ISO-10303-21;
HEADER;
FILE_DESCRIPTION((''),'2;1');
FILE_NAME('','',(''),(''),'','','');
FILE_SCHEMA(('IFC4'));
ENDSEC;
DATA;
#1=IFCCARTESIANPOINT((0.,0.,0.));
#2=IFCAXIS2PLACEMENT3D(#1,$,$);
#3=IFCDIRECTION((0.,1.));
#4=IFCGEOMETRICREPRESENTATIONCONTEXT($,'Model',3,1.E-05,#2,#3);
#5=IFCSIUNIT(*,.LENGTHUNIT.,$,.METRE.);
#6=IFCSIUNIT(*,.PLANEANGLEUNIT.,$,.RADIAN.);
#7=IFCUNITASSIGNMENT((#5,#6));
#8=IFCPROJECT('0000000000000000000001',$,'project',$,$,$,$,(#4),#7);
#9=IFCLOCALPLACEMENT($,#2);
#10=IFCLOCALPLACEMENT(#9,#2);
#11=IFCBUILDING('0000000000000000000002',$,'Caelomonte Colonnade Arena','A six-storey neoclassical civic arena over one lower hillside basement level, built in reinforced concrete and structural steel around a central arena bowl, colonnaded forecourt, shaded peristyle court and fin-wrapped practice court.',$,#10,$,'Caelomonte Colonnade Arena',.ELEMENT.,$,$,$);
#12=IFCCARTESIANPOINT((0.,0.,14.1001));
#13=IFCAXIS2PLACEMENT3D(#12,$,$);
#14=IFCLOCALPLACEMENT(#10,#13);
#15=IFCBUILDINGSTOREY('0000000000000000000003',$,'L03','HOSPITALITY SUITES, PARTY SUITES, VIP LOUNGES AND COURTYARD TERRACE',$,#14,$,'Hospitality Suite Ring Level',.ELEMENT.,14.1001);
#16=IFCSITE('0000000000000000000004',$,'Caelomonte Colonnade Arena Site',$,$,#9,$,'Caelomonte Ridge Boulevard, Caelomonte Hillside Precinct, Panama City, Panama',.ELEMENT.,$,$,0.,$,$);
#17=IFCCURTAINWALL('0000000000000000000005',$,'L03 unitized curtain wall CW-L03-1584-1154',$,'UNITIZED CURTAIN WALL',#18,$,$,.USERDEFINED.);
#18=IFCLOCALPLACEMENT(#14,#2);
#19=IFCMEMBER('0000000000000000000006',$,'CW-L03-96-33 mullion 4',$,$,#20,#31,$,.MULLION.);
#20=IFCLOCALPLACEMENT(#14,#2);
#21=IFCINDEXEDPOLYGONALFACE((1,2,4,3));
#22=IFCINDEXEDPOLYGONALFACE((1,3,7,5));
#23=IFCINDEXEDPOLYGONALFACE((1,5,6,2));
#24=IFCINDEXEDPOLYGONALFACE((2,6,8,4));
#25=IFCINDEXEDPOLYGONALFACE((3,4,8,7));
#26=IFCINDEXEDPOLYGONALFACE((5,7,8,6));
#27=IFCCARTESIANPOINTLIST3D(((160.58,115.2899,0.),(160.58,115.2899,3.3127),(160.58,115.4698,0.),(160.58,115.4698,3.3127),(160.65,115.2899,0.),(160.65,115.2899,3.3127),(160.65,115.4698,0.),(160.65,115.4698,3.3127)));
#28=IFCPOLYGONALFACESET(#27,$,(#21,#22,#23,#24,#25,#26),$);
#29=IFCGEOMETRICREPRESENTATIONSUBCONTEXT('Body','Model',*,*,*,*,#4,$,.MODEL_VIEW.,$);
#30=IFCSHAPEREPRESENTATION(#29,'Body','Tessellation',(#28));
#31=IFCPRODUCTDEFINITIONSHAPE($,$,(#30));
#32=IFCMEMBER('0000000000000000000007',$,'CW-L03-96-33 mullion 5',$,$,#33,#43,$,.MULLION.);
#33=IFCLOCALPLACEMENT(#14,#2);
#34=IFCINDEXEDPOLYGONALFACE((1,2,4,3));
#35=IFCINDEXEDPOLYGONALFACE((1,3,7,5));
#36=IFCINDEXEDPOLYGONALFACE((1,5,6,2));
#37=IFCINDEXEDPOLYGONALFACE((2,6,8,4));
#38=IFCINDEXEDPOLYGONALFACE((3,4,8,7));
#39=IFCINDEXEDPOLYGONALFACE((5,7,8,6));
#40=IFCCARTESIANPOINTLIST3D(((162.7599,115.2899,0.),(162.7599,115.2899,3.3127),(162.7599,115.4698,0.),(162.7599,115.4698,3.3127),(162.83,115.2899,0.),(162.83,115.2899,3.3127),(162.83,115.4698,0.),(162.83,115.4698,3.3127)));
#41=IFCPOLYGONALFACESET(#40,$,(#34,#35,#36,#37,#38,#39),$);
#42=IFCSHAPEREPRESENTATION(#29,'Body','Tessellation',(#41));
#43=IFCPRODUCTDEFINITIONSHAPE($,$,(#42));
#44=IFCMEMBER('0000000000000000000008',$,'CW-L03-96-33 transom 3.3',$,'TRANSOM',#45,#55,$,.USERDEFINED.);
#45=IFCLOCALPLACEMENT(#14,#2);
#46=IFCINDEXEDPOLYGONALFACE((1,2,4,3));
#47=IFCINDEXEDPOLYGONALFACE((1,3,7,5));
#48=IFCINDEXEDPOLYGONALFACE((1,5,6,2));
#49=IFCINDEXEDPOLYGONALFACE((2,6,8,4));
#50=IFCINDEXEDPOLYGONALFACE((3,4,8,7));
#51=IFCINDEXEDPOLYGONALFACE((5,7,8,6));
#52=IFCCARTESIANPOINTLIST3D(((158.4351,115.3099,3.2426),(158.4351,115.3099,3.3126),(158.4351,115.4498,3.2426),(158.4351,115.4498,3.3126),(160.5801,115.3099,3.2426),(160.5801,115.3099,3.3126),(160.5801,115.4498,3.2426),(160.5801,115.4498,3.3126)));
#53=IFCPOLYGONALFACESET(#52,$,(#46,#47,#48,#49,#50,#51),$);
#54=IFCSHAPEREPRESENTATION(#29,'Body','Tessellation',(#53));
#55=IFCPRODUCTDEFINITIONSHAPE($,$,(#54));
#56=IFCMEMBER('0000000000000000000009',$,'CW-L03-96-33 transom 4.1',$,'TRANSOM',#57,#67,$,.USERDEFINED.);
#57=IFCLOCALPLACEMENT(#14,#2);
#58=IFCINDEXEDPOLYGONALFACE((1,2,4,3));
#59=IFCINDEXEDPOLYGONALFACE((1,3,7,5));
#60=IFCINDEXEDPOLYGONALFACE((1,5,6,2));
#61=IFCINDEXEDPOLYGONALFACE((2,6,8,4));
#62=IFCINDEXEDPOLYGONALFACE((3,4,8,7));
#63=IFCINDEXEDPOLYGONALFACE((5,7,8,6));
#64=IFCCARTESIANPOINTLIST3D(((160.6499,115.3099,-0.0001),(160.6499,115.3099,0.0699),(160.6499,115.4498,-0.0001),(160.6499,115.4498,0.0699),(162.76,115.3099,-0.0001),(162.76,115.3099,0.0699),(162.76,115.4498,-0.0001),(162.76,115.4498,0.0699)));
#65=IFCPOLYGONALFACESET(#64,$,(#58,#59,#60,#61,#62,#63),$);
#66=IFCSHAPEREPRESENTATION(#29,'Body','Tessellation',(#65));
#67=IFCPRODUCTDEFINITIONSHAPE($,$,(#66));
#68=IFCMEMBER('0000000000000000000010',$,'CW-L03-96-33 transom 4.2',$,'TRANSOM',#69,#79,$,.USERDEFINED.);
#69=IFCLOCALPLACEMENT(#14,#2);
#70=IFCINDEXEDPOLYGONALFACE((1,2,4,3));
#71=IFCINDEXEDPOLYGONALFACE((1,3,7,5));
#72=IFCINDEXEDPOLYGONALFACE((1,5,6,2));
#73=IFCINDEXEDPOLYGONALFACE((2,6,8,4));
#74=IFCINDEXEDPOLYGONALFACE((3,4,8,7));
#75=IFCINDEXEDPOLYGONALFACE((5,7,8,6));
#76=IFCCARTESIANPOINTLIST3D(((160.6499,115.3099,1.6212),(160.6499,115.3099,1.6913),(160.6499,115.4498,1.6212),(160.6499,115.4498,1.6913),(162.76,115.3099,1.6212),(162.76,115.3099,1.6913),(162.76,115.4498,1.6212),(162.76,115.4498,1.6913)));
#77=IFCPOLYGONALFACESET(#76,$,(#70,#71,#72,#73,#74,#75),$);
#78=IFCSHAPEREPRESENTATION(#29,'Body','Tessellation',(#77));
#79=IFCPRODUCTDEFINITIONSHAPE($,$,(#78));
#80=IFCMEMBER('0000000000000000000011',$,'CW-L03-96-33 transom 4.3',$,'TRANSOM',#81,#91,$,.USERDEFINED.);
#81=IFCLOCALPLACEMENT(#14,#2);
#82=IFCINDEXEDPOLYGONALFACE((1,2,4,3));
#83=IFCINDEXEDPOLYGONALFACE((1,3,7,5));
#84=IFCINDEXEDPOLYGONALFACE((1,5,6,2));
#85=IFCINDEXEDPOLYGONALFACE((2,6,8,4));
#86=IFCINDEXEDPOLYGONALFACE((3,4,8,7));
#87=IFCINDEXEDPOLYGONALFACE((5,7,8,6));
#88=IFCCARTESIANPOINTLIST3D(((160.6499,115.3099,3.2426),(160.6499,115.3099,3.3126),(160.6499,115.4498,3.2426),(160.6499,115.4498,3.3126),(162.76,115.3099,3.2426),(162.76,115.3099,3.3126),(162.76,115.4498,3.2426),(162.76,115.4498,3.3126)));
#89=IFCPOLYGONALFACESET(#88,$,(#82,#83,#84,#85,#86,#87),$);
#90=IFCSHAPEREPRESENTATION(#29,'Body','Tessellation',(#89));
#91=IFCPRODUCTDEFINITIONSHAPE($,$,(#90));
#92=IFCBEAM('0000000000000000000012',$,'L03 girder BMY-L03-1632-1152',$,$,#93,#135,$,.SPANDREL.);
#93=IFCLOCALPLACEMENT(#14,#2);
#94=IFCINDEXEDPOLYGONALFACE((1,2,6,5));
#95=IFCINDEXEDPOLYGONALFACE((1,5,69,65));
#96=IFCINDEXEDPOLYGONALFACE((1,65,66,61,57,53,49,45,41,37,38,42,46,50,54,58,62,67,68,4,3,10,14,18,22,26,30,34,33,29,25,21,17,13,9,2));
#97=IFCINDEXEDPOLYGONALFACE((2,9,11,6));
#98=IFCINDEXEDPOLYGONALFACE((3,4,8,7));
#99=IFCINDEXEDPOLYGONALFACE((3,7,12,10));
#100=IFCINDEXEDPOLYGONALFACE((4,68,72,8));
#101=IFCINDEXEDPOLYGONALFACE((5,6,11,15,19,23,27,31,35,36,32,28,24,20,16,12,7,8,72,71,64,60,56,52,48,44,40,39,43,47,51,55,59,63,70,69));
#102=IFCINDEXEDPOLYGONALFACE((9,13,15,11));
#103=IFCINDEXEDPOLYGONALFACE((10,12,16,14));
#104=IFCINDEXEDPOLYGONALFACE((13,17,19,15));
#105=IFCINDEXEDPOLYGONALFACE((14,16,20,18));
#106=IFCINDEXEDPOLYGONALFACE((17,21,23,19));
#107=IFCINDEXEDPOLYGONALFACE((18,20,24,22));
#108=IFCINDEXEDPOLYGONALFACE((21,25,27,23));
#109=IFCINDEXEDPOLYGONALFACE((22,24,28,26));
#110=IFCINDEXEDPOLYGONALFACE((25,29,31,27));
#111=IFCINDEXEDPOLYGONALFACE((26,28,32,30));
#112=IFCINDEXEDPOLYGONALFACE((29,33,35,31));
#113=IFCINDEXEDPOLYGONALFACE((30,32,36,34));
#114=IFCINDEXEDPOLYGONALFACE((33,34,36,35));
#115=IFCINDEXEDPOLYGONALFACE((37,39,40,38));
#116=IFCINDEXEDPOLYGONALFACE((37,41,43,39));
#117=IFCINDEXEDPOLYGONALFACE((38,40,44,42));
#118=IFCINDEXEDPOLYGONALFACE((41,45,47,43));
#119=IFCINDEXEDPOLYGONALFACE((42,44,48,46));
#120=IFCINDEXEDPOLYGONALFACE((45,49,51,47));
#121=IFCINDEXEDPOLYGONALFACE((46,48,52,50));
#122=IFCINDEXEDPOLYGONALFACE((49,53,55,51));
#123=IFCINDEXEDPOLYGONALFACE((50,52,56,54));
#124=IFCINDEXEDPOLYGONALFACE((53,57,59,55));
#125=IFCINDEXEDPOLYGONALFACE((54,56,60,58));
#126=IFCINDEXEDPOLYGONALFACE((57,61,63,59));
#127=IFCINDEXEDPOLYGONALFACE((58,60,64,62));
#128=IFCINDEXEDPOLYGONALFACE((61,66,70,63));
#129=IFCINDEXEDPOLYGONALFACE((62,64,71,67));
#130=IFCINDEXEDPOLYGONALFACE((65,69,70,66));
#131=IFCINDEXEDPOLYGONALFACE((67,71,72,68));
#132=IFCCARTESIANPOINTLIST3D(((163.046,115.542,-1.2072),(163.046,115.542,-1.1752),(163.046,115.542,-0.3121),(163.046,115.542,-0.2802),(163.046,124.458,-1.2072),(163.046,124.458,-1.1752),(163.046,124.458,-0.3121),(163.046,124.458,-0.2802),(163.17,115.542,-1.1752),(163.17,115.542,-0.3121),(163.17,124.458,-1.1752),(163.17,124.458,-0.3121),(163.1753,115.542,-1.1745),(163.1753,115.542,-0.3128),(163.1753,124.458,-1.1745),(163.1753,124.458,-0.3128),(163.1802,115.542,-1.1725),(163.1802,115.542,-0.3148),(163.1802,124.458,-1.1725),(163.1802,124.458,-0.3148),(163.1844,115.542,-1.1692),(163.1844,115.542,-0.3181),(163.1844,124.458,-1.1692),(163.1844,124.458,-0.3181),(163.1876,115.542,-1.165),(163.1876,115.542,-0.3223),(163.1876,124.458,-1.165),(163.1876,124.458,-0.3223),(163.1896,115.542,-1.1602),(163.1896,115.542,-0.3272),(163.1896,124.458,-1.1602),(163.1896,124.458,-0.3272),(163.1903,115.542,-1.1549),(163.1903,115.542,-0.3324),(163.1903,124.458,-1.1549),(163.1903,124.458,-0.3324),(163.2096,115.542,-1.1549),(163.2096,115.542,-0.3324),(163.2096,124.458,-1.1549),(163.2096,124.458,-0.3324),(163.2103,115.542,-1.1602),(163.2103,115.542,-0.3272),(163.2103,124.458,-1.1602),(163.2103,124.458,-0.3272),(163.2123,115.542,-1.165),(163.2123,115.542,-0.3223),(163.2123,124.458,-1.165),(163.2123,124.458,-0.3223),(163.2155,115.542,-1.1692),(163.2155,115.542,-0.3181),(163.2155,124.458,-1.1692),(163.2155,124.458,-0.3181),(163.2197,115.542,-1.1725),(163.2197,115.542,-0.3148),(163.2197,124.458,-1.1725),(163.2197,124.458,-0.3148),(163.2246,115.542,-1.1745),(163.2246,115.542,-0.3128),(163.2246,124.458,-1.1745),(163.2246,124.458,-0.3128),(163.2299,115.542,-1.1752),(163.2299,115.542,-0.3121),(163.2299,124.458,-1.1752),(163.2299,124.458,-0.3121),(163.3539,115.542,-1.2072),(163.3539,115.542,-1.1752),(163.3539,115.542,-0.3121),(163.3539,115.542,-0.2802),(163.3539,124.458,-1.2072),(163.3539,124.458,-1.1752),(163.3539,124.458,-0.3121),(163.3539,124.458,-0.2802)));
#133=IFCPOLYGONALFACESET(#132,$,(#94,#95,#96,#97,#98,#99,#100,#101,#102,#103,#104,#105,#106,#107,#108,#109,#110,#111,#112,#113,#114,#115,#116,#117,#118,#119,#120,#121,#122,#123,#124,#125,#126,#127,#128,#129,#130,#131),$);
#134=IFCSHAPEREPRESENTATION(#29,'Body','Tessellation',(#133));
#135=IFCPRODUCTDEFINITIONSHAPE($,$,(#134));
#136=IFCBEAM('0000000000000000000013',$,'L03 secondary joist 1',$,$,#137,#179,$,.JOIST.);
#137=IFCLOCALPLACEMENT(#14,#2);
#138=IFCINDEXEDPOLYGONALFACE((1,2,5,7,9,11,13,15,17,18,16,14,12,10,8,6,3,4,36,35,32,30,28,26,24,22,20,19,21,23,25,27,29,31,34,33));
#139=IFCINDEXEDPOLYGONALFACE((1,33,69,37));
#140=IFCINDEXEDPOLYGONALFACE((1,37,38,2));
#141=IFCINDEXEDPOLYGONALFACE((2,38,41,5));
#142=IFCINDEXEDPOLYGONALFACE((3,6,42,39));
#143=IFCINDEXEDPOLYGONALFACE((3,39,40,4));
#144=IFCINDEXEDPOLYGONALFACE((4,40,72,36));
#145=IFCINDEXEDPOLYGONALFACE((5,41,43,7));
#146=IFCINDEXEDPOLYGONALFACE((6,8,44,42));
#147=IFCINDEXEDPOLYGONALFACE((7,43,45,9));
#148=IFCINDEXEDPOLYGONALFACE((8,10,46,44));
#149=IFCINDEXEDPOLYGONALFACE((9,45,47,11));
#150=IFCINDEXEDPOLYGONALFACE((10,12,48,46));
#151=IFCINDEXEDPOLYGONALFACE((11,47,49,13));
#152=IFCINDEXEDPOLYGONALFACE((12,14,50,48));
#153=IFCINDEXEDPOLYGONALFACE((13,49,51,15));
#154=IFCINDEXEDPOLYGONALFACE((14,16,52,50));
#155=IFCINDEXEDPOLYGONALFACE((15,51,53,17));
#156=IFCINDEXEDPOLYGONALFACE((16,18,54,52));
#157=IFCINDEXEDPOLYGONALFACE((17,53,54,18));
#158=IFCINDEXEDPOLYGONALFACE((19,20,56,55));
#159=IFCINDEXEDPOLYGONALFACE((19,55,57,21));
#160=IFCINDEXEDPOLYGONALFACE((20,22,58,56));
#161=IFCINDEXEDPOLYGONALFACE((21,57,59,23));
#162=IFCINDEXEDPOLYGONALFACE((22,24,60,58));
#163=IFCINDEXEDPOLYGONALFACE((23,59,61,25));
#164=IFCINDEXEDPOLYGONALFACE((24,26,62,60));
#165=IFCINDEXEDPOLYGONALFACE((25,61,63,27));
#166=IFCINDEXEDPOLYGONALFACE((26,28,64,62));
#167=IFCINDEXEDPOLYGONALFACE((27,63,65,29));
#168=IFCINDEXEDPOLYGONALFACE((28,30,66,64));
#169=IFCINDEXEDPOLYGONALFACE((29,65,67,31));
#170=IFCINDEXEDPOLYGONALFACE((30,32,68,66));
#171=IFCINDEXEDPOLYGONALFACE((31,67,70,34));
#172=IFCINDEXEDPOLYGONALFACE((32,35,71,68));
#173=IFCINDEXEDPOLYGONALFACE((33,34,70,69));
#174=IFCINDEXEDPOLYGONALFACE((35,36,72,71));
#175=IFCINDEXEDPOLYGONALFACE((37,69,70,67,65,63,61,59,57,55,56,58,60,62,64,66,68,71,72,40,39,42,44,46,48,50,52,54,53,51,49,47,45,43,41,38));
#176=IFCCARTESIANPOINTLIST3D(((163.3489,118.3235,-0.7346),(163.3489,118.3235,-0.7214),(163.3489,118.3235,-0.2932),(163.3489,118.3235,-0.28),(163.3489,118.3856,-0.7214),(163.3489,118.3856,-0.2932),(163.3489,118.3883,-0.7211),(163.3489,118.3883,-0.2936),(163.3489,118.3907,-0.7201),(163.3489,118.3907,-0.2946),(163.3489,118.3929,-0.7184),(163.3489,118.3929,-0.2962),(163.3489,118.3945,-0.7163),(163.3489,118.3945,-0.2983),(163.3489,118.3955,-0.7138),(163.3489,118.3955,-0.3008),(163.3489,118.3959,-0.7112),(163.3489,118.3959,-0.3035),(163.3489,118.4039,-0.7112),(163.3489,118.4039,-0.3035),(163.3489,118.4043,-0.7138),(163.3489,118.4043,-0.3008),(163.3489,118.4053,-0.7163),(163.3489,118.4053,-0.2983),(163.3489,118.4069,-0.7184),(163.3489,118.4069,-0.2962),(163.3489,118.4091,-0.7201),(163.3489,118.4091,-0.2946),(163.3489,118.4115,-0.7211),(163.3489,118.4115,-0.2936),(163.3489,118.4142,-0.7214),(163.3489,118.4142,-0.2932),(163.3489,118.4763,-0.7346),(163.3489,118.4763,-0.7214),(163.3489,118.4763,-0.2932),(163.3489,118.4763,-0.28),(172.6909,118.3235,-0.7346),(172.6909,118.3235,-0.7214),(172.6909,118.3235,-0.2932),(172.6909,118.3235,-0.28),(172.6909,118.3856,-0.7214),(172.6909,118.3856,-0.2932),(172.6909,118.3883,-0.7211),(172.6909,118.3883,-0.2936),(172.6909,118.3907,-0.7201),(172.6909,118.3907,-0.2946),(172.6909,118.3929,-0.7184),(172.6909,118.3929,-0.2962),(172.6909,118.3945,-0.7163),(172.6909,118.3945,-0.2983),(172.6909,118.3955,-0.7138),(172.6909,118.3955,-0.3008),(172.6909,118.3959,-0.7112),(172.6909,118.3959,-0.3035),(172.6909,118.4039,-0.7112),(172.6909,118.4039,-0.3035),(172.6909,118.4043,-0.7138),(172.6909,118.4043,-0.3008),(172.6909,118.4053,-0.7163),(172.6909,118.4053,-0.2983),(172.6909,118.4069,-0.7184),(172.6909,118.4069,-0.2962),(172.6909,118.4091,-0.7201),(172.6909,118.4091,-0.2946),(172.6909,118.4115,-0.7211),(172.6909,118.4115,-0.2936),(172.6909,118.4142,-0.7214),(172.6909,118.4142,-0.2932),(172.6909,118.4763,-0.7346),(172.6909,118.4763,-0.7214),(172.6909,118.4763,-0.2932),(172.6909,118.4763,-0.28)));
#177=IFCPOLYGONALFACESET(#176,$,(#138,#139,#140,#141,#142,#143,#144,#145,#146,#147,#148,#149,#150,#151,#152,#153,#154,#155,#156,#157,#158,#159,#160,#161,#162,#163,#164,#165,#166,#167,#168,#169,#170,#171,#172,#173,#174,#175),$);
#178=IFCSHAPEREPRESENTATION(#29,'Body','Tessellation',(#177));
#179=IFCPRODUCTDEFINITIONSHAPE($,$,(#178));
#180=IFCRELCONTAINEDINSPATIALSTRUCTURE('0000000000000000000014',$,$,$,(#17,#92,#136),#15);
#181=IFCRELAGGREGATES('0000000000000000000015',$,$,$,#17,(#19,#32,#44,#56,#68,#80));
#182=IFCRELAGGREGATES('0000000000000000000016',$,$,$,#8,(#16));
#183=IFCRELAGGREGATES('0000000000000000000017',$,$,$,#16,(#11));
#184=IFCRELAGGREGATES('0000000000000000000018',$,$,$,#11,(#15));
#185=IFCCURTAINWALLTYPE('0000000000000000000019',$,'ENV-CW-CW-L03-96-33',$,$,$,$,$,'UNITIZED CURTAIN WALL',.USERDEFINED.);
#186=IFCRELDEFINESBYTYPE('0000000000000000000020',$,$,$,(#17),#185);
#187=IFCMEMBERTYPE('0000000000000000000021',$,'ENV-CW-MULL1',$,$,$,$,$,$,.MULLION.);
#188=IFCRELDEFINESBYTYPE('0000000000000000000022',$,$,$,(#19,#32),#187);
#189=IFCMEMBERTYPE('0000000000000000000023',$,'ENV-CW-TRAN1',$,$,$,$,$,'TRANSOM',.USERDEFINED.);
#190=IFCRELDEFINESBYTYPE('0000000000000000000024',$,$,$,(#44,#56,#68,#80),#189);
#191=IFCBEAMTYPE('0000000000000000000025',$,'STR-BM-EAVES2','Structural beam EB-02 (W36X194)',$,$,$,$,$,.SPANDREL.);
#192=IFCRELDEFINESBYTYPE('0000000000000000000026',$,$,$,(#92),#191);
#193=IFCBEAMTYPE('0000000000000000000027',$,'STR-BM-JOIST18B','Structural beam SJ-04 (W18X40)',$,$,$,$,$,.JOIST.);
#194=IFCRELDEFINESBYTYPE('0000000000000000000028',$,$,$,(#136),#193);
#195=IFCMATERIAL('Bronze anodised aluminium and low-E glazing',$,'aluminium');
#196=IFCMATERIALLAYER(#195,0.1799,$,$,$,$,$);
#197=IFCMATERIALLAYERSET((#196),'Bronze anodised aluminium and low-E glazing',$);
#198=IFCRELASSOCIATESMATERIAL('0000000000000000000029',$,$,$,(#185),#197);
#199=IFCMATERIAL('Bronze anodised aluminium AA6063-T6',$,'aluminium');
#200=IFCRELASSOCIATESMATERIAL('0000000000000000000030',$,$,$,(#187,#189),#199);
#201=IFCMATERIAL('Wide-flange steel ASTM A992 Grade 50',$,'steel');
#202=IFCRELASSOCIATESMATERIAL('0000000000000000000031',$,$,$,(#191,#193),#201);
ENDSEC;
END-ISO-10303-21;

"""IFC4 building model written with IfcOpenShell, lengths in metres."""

from ifc_helpers import new_model, si_unit, direction, frame, origin, origin_2d, place, context, subcontext, project, spatial, rectangle, i_section, extrude, material, layer, layer_set, material_profile, profile_set, type_object, element, aggregate, save


model = new_model("IFC4")

# Units and contexts
model_context = context("Model", 3, precision=1e-05, world=origin(), true_north=direction((0.0, 1.0)))
body_context = subcontext(model_context, "Body", "Model", "MODEL_VIEW")
ifc_project = project(units=[si_unit("LENGTHUNIT", "METRE"), si_unit("PLANEANGLEUNIT", "RADIAN")], contexts=[model_context])

# Site, building, storey
site_placement = place(None, origin())
site = spatial("IfcSite", under=ifc_project, at=site_placement, Name="Caelomonte Colonnade Arena Site", LongName="Caelomonte Ridge Boulevard, Caelomonte Hillside Precinct, Panama City, Panama", CompositionType="ELEMENT", RefElevation=0.0)
building_placement = place(site_placement, origin())
building = spatial("IfcBuilding", under=site, at=building_placement, Name="Caelomonte Colonnade Arena", Description="A six-storey neoclassical civic arena over one lower hillside basement level, built in reinforced concrete and structural steel around a central arena bowl, colonnaded forecourt, shaded peristyle court and fin-wrapped practice court.", LongName="Caelomonte Colonnade Arena", CompositionType="ELEMENT")
storey_placement = place(building_placement, frame((0.0, 0.0, 14.1001)))
storey = spatial("IfcBuildingStorey", under=building, at=storey_placement, Name="L03", Description="HOSPITALITY SUITES, PARTY SUITES, VIP LOUNGES AND COURTYARD TERRACE", LongName="Hospitality Suite Ring Level", CompositionType="ELEMENT", Elevation=14.1001)

# Curtain wall, members
ifc_material_1 = material(Name="Bronze anodised aluminium and low-E glazing", Category="aluminium")
ifc_layer_1 = layer(ifc_material_1, 0.1799)
ifc_layer_set_1 = layer_set([ifc_layer_1], Name="Bronze anodised aluminium and low-E glazing")
curtain_wall_type = type_object("IfcCurtainWallType", Name="ENV-CW-CW-L03-96-33", ElementType="UNITIZED CURTAIN WALL", PredefinedType="USERDEFINED", material=ifc_layer_set_1)
curtain_wall_placement = place(storey_placement, origin())
curtain_wall = element("IfcCurtainWall", 1, at=curtain_wall_placement, inside=storey, type_object=curtain_wall_type, Name="L03 unitized curtain wall CW-L03-1584-1154", ObjectType="UNITIZED CURTAIN WALL", PredefinedType="USERDEFINED")
ifc_material_2 = material(Name="Bronze anodised aluminium AA6063-T6", Category="aluminium")
ifc_material_profile_1 = material_profile(ifc_material_2, rectangle(XDim=0.0701, YDim=0.1799, at=origin_2d()), Name="CWM-70X180")
ifc_profile_set_1 = profile_set([ifc_material_profile_1], Name="Bronze anodised aluminium AA6063-T6")
member_type_1 = type_object("IfcMemberType", Name="ENV-CW-MULL1", PredefinedType="MULLION", material=ifc_profile_set_1)
member_1_placement = place(storey_placement, frame((160.615, 115.3799, 0.0), z_axis=(0.0, 0.0, 1.0), x_axis=(1.0, 0.0, 0.0)))
member_1 = element("IfcMember", 2, at=member_1_placement, type_object=member_type_1, Name="CW-L03-96-33 mullion 4", PredefinedType="MULLION", context=body_context, shape_type="SweptSolid", body=[
    extrude(rectangle(XDim=0.0701, YDim=0.1799, at=origin_2d()), origin(), (0.0, 0.0, 1.0), 3.3127),
])
member_2_placement = place(storey_placement, frame((162.7949, 115.3799, 0.0), z_axis=(0.0, 0.0, 1.0), x_axis=(1.0, 0.0, 0.0)))
member_2 = element("IfcMember", 3, at=member_2_placement, type_object=member_type_1, Name="CW-L03-96-33 mullion 5", PredefinedType="MULLION", context=body_context, shape_type="SweptSolid", body=[
    extrude(rectangle(XDim=0.0701, YDim=0.1799, at=origin_2d()), origin(), (0.0, 0.0, 1.0), 3.3127),
])
ifc_material_profile_2 = material_profile(ifc_material_2, rectangle(XDim=0.0701, YDim=0.1399, at=origin_2d()), Name="CWT-70X140")
ifc_profile_set_2 = profile_set([ifc_material_profile_2], Name="Bronze anodised aluminium AA6063-T6")
member_type_2 = type_object("IfcMemberType", Name="ENV-CW-TRAN1", ElementType="TRANSOM", PredefinedType="USERDEFINED", material=ifc_profile_set_2)
member_3_placement = place(storey_placement, frame((158.4351, 115.3799, 3.2776), z_axis=(1.0, 0.0, 0.0), x_axis=(0.0, 0.0, 1.0)))
member_3 = element("IfcMember", 4, at=member_3_placement, type_object=member_type_2, Name="CW-L03-96-33 transom 3.3", ObjectType="TRANSOM", PredefinedType="USERDEFINED", context=body_context, shape_type="SweptSolid", body=[
    extrude(rectangle(XDim=0.0701, YDim=0.1399, at=origin_2d()), origin(), (0.0, 0.0, 1.0), 2.145),
])
member_4_placement = place(storey_placement, frame((160.6499, 115.3799, 0.0349), z_axis=(1.0, 0.0, 0.0), x_axis=(0.0, 0.0, 1.0)))
member_4 = element("IfcMember", 5, at=member_4_placement, type_object=member_type_2, Name="CW-L03-96-33 transom 4.1", ObjectType="TRANSOM", PredefinedType="USERDEFINED", context=body_context, shape_type="SweptSolid", body=[
    extrude(rectangle(XDim=0.0701, YDim=0.1399, at=origin_2d()), origin(), (0.0, 0.0, 1.0), 2.1101),
])
member_5_placement = place(storey_placement, frame((160.6499, 115.3799, 1.6562), z_axis=(1.0, 0.0, 0.0), x_axis=(0.0, 0.0, 1.0)))
member_5 = element("IfcMember", 6, at=member_5_placement, type_object=member_type_2, Name="CW-L03-96-33 transom 4.2", ObjectType="TRANSOM", PredefinedType="USERDEFINED", context=body_context, shape_type="SweptSolid", body=[
    extrude(rectangle(XDim=0.0701, YDim=0.1399, at=origin_2d()), origin(), (0.0, 0.0, 1.0), 2.1101),
])
member_6_placement = place(storey_placement, frame((160.6499, 115.3799, 3.2776), z_axis=(1.0, 0.0, 0.0), x_axis=(0.0, 0.0, 1.0)))
member_6 = element("IfcMember", 7, at=member_6_placement, type_object=member_type_2, Name="CW-L03-96-33 transom 4.3", ObjectType="TRANSOM", PredefinedType="USERDEFINED", context=body_context, shape_type="SweptSolid", body=[
    extrude(rectangle(XDim=0.0701, YDim=0.1399, at=origin_2d()), origin(), (0.0, 0.0, 1.0), 2.1101),
])

# Beams
ifc_material_3 = material(Name="Wide-flange steel ASTM A992 Grade 50", Category="steel")
ifc_material_profile_3 = material_profile(ifc_material_3, i_section(OverallWidth=0.3079, OverallDepth=0.927, WebThickness=0.0193, FlangeThickness=0.032, FilletRadius=0.0203, at=origin_2d()), Name="W36X194")
ifc_profile_set_3 = profile_set([ifc_material_profile_3], Name="Wide-flange steel ASTM A992 Grade 50")
beam_type_1 = type_object("IfcBeamType", Name="STR-BM-EAVES2", Description="Structural beam EB-02 (W36X194)", PredefinedType="SPANDREL", material=ifc_profile_set_3)
beam_placement = place(storey_placement, frame((163.2, 115.542, -0.7437), z_axis=(0.0, 1.0, 0.0), x_axis=(-1.0, 0.0, 0.0)))
element("IfcBeam", 8, at=beam_placement, inside=storey, type_object=beam_type_1, Name="L03 girder BMY-L03-1632-1152", PredefinedType="SPANDREL", context=body_context, shape_type="SweptSolid", body=[
    extrude(i_section(OverallWidth=0.3079, OverallDepth=0.927, WebThickness=0.0193, FlangeThickness=0.032, FilletRadius=0.0203, at=origin_2d()), origin(), (0.0, 0.0, 1.0), 8.916),
])
ifc_material_profile_4 = material_profile(ifc_material_3, i_section(OverallWidth=0.1528, OverallDepth=0.4546, WebThickness=0.0081, FlangeThickness=0.0132, FilletRadius=0.0103, at=origin_2d()), Name="W18X40")
ifc_profile_set_4 = profile_set([ifc_material_profile_4], Name="Wide-flange steel ASTM A992 Grade 50")
beam_type_2 = type_object("IfcBeamType", Name="STR-BM-JOIST18B", Description="Structural beam SJ-04 (W18X40)", PredefinedType="JOIST", material=ifc_profile_set_4)
for number, where, z_axis, x_axis, name in (
    (9, (163.3489, 118.3999, -0.5073), (1.0, 0.0, 0.0), (0.0, 1.0, 0.0), "L03 secondary joist 1"),
):
    element("IfcBeam", number, at=place(storey_placement, frame(where, z_axis=z_axis, x_axis=x_axis)), inside=storey, type_object=beam_type_2, Name=name, PredefinedType="JOIST", context=body_context, shape_type="SweptSolid", body=[
        extrude(i_section(OverallWidth=0.1528, OverallDepth=0.4546, WebThickness=0.0081, FlangeThickness=0.0132, FilletRadius=0.0103, at=origin_2d()), origin(), (0.0, 0.0, 1.0), 9.342),
    ])

aggregate(curtain_wall, [member_1, member_2, member_3, member_4, member_5, member_6])

save(model, "model.ifc")
